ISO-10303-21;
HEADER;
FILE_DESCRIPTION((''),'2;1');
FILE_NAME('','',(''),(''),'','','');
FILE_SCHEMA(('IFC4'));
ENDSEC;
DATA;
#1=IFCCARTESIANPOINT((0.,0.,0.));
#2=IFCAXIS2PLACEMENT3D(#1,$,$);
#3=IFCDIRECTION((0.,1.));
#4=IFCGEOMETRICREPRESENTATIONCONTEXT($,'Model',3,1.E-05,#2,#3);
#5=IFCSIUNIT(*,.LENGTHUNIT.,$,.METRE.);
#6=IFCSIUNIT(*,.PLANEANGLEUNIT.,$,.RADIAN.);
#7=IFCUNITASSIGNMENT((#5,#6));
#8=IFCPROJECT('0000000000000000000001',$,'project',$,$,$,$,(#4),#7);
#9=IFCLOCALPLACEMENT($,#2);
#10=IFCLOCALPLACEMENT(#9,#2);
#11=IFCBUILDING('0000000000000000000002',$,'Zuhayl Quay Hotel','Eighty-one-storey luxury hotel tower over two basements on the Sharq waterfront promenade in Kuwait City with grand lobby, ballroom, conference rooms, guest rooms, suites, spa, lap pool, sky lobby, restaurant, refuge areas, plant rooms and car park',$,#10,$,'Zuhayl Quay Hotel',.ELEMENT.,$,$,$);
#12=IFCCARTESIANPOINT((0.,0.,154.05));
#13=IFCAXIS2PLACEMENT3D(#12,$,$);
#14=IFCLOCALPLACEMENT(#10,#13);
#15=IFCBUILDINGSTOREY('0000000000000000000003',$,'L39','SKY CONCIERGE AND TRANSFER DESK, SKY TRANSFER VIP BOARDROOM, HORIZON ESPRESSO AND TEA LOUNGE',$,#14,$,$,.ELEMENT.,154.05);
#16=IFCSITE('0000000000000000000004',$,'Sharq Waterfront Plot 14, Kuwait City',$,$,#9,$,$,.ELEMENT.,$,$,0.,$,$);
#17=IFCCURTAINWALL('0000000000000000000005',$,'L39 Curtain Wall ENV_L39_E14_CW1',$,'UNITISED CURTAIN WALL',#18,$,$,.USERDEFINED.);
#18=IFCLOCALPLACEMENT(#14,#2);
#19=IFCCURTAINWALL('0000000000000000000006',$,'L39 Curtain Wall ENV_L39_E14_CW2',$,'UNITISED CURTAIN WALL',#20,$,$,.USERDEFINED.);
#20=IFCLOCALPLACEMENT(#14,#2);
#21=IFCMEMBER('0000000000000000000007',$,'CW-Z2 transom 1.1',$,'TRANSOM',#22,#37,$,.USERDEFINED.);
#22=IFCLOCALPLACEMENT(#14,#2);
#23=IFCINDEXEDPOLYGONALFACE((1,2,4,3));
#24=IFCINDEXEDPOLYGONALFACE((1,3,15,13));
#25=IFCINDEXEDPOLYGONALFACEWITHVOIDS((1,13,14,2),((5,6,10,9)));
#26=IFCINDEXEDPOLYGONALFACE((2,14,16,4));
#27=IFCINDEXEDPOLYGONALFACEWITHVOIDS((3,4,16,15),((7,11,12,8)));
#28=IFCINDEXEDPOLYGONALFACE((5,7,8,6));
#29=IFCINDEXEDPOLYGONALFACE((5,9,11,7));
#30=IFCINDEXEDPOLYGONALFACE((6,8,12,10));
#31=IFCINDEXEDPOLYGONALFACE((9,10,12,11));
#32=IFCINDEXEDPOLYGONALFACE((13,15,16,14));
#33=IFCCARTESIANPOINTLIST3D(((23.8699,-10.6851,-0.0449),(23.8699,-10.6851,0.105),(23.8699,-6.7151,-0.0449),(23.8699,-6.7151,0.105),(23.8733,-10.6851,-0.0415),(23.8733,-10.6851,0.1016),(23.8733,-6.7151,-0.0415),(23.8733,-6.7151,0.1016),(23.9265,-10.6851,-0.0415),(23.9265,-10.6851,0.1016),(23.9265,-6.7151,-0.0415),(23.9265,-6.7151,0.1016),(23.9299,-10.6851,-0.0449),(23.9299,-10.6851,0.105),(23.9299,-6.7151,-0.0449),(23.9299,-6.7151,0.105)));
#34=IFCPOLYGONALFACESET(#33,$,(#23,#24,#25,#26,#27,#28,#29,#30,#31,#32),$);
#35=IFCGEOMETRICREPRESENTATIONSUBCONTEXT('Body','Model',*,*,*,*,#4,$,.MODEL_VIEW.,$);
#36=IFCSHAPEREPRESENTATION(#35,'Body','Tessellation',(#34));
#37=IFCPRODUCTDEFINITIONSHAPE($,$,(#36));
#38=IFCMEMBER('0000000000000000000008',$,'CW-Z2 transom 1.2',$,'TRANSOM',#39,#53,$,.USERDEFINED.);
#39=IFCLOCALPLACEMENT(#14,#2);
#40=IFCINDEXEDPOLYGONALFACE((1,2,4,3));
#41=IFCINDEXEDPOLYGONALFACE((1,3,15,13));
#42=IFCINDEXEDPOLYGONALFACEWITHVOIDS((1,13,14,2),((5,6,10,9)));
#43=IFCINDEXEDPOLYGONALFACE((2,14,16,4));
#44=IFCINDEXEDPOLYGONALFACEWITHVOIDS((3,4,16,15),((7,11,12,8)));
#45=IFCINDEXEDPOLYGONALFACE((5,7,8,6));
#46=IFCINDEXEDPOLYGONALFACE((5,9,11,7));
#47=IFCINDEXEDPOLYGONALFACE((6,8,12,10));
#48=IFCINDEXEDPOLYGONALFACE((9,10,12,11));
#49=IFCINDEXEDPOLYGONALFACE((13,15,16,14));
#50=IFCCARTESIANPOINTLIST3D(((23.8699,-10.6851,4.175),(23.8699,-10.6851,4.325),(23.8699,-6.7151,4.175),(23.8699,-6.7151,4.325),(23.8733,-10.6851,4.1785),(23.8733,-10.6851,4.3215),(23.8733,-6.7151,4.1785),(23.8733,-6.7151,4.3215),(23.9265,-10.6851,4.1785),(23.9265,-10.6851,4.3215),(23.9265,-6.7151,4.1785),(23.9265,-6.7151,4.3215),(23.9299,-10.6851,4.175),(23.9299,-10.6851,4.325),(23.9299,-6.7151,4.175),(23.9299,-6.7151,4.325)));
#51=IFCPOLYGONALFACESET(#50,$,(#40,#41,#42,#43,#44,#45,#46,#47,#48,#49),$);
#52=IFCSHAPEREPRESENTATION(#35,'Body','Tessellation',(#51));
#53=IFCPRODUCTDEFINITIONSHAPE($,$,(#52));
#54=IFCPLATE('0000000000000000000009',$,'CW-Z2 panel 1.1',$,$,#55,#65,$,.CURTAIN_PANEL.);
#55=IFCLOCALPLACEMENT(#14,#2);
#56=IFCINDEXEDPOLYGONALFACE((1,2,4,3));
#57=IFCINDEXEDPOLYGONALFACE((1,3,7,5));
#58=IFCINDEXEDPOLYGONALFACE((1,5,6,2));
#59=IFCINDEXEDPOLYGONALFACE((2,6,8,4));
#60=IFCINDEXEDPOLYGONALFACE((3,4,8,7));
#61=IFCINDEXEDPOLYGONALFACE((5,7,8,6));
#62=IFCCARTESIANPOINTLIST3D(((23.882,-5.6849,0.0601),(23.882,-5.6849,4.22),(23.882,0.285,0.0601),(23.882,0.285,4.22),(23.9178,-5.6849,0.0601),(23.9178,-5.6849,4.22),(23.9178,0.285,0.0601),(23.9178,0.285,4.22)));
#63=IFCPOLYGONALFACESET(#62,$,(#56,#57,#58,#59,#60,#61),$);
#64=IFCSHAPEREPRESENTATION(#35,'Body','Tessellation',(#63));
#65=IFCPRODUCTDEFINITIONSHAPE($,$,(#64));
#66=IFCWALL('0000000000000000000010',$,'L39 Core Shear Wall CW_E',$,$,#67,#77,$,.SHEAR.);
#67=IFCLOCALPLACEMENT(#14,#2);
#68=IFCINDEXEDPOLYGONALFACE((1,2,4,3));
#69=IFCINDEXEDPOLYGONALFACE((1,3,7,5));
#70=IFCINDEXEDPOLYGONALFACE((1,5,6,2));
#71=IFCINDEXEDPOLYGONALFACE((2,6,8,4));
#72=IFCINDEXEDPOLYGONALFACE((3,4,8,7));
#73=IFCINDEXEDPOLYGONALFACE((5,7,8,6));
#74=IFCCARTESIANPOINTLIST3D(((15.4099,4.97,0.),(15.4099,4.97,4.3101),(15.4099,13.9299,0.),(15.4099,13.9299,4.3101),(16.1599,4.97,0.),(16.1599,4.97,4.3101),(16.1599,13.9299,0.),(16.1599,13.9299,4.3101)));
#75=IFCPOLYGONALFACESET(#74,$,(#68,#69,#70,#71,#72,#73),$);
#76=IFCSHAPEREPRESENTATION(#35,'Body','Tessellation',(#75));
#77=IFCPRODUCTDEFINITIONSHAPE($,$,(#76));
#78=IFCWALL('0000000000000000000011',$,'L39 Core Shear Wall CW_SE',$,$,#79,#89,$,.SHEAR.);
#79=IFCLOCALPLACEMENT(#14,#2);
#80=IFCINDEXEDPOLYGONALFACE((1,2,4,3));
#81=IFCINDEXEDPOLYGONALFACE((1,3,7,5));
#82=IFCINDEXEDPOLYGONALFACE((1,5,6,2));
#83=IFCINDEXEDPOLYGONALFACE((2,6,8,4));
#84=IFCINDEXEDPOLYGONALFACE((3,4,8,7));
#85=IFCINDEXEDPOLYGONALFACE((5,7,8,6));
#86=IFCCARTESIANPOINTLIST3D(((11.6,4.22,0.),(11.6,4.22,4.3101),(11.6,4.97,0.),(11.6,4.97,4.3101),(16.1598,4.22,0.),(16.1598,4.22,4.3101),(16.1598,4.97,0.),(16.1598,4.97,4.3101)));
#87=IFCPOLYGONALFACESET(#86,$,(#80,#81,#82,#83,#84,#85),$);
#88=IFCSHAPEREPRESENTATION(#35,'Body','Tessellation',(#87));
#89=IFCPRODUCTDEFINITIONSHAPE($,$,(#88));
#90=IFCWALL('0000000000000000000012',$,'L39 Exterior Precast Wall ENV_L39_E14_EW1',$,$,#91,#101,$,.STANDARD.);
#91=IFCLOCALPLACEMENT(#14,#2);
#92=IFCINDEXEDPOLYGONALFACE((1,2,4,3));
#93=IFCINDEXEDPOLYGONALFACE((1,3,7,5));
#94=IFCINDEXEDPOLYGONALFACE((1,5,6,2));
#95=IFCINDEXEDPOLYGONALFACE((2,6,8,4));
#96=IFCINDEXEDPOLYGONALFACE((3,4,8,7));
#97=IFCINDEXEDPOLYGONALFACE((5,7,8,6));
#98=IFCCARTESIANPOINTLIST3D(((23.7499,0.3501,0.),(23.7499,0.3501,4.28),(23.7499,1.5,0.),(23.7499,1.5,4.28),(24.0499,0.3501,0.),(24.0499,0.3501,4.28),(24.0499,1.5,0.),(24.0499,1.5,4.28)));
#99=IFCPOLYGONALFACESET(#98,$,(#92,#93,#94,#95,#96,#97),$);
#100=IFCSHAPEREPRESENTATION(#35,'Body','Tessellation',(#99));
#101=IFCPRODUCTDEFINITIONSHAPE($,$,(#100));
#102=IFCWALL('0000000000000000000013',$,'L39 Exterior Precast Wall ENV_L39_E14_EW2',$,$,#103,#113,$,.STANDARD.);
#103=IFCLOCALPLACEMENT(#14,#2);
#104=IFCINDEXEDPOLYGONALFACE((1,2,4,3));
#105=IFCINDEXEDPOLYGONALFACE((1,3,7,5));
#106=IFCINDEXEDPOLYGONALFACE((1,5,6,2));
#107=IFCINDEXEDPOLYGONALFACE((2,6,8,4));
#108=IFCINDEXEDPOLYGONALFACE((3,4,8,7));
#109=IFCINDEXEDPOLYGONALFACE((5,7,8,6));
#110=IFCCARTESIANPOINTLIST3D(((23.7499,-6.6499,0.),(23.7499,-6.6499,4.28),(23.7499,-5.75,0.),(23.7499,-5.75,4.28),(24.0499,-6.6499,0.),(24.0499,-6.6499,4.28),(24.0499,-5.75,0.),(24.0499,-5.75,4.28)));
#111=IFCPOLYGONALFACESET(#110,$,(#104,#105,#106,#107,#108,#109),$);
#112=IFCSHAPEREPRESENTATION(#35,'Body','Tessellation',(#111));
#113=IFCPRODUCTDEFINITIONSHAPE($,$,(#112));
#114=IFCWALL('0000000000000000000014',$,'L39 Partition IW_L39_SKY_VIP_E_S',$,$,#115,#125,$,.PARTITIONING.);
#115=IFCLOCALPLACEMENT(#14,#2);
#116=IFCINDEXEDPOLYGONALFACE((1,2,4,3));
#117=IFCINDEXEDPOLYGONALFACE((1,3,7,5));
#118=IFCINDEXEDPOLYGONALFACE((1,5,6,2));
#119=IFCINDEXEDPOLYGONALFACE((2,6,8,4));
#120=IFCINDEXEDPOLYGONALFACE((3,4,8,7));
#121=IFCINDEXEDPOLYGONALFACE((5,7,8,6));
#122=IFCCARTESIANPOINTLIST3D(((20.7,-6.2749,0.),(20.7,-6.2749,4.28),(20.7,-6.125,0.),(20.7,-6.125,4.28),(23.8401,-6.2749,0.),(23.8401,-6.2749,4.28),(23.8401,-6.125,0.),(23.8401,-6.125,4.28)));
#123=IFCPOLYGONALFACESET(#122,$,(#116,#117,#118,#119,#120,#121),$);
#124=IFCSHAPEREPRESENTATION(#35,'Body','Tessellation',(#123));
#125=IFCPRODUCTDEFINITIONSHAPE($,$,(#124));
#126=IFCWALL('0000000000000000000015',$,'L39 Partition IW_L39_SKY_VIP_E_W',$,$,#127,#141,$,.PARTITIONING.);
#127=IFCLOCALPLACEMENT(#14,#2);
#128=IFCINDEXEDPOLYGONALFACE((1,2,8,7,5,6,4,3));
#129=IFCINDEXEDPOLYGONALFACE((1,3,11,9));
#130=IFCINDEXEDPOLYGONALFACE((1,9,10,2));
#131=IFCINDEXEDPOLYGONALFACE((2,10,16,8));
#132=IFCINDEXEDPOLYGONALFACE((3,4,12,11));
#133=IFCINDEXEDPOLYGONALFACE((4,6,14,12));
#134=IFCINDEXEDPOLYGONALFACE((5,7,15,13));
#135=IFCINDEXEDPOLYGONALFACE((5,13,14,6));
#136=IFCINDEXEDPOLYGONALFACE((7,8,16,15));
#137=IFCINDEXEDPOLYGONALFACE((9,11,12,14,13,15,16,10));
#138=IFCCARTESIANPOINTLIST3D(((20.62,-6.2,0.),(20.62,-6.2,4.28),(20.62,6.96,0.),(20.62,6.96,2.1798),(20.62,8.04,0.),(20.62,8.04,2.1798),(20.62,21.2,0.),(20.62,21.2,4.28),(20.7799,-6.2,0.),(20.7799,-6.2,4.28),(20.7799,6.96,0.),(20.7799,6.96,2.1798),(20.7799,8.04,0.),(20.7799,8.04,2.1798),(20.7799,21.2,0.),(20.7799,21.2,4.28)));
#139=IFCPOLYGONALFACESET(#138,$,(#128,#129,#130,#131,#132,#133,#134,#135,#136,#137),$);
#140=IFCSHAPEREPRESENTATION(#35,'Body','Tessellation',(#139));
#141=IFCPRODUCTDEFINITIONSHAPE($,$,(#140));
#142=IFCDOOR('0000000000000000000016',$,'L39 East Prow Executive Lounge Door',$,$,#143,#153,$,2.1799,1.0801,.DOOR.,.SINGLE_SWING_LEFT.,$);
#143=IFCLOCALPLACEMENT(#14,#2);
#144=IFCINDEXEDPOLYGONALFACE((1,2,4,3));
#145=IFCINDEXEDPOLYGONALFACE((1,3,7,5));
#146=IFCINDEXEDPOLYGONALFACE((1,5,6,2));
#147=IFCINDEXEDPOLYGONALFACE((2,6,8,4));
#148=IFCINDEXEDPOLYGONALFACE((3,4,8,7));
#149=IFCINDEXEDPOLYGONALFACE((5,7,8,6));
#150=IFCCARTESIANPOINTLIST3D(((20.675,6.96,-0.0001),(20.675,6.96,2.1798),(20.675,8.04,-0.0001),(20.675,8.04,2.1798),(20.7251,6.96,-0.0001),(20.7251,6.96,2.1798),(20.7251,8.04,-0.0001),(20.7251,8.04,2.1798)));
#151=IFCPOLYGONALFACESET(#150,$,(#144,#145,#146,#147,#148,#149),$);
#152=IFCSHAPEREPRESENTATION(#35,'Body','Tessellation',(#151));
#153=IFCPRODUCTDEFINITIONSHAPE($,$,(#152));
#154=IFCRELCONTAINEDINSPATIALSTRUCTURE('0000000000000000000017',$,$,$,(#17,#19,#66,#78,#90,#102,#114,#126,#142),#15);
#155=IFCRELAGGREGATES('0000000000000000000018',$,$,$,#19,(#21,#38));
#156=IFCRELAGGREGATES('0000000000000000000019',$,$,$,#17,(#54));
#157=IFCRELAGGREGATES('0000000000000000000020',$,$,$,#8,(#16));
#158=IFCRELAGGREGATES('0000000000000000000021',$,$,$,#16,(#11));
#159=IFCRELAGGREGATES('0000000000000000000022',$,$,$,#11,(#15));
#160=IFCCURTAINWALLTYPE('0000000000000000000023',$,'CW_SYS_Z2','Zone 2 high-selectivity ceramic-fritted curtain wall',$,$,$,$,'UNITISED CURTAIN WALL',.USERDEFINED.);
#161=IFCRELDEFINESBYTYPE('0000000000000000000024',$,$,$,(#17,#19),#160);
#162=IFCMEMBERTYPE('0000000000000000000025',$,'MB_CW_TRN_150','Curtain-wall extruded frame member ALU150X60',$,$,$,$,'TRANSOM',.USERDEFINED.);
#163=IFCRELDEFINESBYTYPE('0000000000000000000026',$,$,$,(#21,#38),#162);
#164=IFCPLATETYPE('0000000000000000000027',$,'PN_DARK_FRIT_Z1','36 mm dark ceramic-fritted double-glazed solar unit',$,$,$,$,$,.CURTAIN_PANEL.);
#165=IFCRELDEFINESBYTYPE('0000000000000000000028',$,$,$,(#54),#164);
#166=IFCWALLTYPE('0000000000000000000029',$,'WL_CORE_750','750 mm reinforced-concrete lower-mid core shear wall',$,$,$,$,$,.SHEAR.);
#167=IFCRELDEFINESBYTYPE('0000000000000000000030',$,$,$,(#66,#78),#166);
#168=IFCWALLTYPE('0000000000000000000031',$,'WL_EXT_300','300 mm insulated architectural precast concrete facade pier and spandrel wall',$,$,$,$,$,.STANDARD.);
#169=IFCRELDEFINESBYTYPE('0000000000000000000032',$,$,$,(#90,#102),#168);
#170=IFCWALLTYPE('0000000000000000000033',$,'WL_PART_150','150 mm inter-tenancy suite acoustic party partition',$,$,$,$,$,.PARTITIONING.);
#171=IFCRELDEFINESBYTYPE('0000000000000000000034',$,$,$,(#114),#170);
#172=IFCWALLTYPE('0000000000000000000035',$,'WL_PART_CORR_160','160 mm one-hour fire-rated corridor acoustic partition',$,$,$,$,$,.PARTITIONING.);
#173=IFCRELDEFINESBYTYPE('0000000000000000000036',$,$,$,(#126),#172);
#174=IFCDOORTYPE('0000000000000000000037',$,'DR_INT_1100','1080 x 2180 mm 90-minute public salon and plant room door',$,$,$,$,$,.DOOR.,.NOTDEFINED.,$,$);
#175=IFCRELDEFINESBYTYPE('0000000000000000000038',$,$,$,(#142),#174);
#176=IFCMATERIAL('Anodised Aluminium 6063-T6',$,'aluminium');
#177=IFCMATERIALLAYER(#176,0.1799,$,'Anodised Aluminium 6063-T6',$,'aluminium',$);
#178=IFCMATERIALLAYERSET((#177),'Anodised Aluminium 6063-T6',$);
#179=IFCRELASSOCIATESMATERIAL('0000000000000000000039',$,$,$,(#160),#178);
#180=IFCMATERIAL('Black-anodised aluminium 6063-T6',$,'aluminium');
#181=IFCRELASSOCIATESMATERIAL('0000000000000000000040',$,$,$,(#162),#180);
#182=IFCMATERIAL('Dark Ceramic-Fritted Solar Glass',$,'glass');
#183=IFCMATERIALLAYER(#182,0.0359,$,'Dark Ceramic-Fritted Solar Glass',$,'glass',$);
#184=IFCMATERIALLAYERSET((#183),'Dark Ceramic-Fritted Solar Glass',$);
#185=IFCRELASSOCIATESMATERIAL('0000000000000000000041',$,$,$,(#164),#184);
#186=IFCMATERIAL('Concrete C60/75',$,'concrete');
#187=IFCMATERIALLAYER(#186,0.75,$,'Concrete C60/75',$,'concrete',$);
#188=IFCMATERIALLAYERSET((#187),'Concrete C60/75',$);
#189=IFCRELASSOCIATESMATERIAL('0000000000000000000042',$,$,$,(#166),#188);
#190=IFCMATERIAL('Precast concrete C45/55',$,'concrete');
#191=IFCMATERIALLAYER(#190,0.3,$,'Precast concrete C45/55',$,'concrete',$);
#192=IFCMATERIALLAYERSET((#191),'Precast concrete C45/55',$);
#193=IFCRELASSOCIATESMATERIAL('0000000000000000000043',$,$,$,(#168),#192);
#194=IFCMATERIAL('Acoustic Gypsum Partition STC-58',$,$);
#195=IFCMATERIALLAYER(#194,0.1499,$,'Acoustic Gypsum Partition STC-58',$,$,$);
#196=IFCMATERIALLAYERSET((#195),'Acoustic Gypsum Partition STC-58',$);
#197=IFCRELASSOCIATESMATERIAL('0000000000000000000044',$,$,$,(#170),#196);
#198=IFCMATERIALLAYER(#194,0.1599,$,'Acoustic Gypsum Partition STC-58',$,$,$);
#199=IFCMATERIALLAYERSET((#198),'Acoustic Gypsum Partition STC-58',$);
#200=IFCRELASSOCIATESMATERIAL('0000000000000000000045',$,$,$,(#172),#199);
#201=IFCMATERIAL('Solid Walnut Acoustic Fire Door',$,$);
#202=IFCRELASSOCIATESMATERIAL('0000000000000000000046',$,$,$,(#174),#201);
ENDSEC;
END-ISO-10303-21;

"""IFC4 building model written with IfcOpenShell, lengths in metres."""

from ifc_helpers import new_model, si_unit, direction, frame, frame_2d, origin, origin_2d, place, context, subcontext, project, spatial, rectangle, hollow_rectangle, extrude, material, layer, layer_set, material_profile, profile_set, type_object, element, fill, aggregate, save


model = new_model("IFC4")

# Units and contexts
model_context = context("Model", 3, precision=1e-05, world=origin(), true_north=direction((0.0, 1.0)))
body_context = subcontext(model_context, "Body", "Model", "MODEL_VIEW")
ifc_project = project(units=[si_unit("LENGTHUNIT", "METRE"), si_unit("PLANEANGLEUNIT", "RADIAN")], contexts=[model_context])

# Site, building, storey
site_placement = place(None, origin())
site = spatial("IfcSite", under=ifc_project, at=site_placement, Name="Sharq Waterfront Plot 14, Kuwait City", CompositionType="ELEMENT", RefElevation=0.0)
building_placement = place(site_placement, origin())
building = spatial("IfcBuilding", under=site, at=building_placement, Name="Zuhayl Quay Hotel", Description="Eighty-one-storey luxury hotel tower over two basements on the Sharq waterfront promenade in Kuwait City with grand lobby, ballroom, conference rooms, guest rooms, suites, spa, lap pool, sky lobby, restaurant, refuge areas, plant rooms and car park", LongName="Zuhayl Quay Hotel", CompositionType="ELEMENT")
storey_placement = place(building_placement, frame((0.0, 0.0, 154.05)))
storey = spatial("IfcBuildingStorey", under=building, at=storey_placement, Name="L39", Description="SKY CONCIERGE AND TRANSFER DESK, SKY TRANSFER VIP BOARDROOM, HORIZON ESPRESSO AND TEA LOUNGE", CompositionType="ELEMENT", Elevation=154.05)

# Shared definitions
ifc_material_1 = material(Name="Concrete C60/75", Category="concrete")

# Curtain wall
ifc_material_2 = material(Name="Anodised Aluminium 6063-T6", Category="aluminium")
ifc_layer_1 = layer(ifc_material_2, 0.1799, Name="Anodised Aluminium 6063-T6", Category="aluminium")
ifc_layer_set_1 = layer_set([ifc_layer_1], Name="Anodised Aluminium 6063-T6")
curtain_wall_type = type_object("IfcCurtainWallType", Name="CW_SYS_Z2", Description="Zone 2 high-selectivity ceramic-fritted curtain wall", ElementType="UNITISED CURTAIN WALL", PredefinedType="USERDEFINED", material=ifc_layer_set_1)
curtain_wall_1_placement = place(storey_placement, origin())
curtain_wall_1 = element("IfcCurtainWall", 1, at=curtain_wall_1_placement, inside=storey, type_object=curtain_wall_type, Name="L39 Curtain Wall ENV_L39_E14_CW1", ObjectType="UNITISED CURTAIN WALL", PredefinedType="USERDEFINED")
ifc_material_3 = material(Name="Black-anodised aluminium 6063-T6", Category="aluminium")

# Curtain wall
curtain_wall_2_placement = place(storey_placement, origin())
curtain_wall_2 = element("IfcCurtainWall", 2, at=curtain_wall_2_placement, inside=storey, type_object=curtain_wall_type, Name="L39 Curtain Wall ENV_L39_E14_CW2", ObjectType="UNITISED CURTAIN WALL", PredefinedType="USERDEFINED")

# Members
ifc_material_profile_1 = material_profile(ifc_material_3, hollow_rectangle(XDim=0.0601, YDim=0.1499, WallThickness=0.0034, at=origin_2d()), Name="ALU150X60")
ifc_profile_set_1 = profile_set([ifc_material_profile_1], Name="Black-anodised aluminium 6063-T6")
member_type_1 = type_object("IfcMemberType", Name="MB_CW_TRN_150", Description="Curtain-wall extruded frame member ALU150X60", ElementType="TRANSOM", PredefinedType="USERDEFINED", material=ifc_profile_set_1)
member_1_placement = place(storey_placement, frame((23.8999, -6.7151, 0.03), z_axis=(0.0, -1.0, 0.0), x_axis=(1.0, 0.0, 0.0)))
member_1 = element("IfcMember", 3, at=member_1_placement, type_object=member_type_1, Name="CW-Z2 transom 1.1", ObjectType="TRANSOM", PredefinedType="USERDEFINED", context=body_context, shape_type="SweptSolid", body=[
    extrude(hollow_rectangle(XDim=0.0601, YDim=0.1499, WallThickness=0.0034, at=origin_2d()), origin(), (0.0, 0.0, 1.0), 3.97),
])
member_2_placement = place(storey_placement, frame((23.8999, -6.7151, 4.25), z_axis=(0.0, -1.0, 0.0), x_axis=(1.0, 0.0, 0.0)))
member_2 = element("IfcMember", 4, at=member_2_placement, type_object=member_type_1, Name="CW-Z2 transom 1.2", ObjectType="TRANSOM", PredefinedType="USERDEFINED", context=body_context, shape_type="SweptSolid", body=[
    extrude(hollow_rectangle(XDim=0.0601, YDim=0.1499, WallThickness=0.0034, at=origin_2d()), origin(), (0.0, 0.0, 1.0), 3.97),
])
aggregate(curtain_wall_2, [member_1, member_2])

# Plate
ifc_material_4 = material(Name="Dark Ceramic-Fritted Solar Glass", Category="glass")
ifc_layer_2 = layer(ifc_material_4, 0.0359, Name="Dark Ceramic-Fritted Solar Glass", Category="glass")
ifc_layer_set_2 = layer_set([ifc_layer_2], Name="Dark Ceramic-Fritted Solar Glass")
plate_type = type_object("IfcPlateType", Name="PN_DARK_FRIT_Z1", Description="36 mm dark ceramic-fritted double-glazed solar unit", PredefinedType="CURTAIN_PANEL", material=ifc_layer_set_2)
plate_placement = place(storey_placement, frame((23.8999, -2.7, 0.0601), z_axis=(0.0, 0.0, 1.0), x_axis=(0.0, -1.0, 0.0)))
plate = element("IfcPlate", 5, at=plate_placement, type_object=plate_type, Name="CW-Z2 panel 1.1", PredefinedType="CURTAIN_PANEL", context=body_context, shape_type="SweptSolid", body=[
    extrude(rectangle(XDim=5.97, YDim=0.0359, at=origin_2d()), origin(), (0.0, 0.0, 1.0), 4.1599),
])
aggregate(curtain_wall_1, [plate])

# Walls
ifc_layer_3 = layer(ifc_material_1, 0.75, Name="Concrete C60/75", Category="concrete")
ifc_layer_set_3 = layer_set([ifc_layer_3], Name="Concrete C60/75")
wall_type_1 = type_object("IfcWallType", Name="WL_CORE_750", Description="750 mm reinforced-concrete lower-mid core shear wall", PredefinedType="SHEAR", material=ifc_layer_set_3)
wall_1_placement = place(storey_placement, frame((15.7849, 4.97, 0.0), z_axis=(0.0, 0.0, 1.0), x_axis=(0.0, 1.0, 0.0)))
element("IfcWall", 6, at=wall_1_placement, inside=storey, type_object=wall_type_1, Name="L39 Core Shear Wall CW_E", PredefinedType="SHEAR", context=body_context, shape_type="SweptSolid", body=[
    extrude(rectangle(XDim=8.96, YDim=0.75, at=frame_2d((4.48, 0.0))), origin(), (0.0, 0.0, 1.0), 4.3101),
])
wall_2_placement = place(storey_placement, frame((11.6001, 4.595, 0.0), z_axis=(0.0, 0.0, 1.0), x_axis=(1.0, 0.0, 0.0)))
element("IfcWall", 7, at=wall_2_placement, inside=storey, type_object=wall_type_1, Name="L39 Core Shear Wall CW_SE", PredefinedType="SHEAR", context=body_context, shape_type="SweptSolid", body=[
    extrude(rectangle(XDim=4.5598, YDim=0.75, at=frame_2d((2.2798, 0.0))), origin(), (0.0, 0.0, 1.0), 4.3101),
])
ifc_material_5 = material(Name="Precast concrete C45/55", Category="concrete")
ifc_layer_4 = layer(ifc_material_5, 0.3, Name="Precast concrete C45/55", Category="concrete")
ifc_layer_set_4 = layer_set([ifc_layer_4], Name="Precast concrete C45/55")
wall_type_2 = type_object("IfcWallType", Name="WL_EXT_300", Description="300 mm insulated architectural precast concrete facade pier and spandrel wall", PredefinedType="STANDARD", material=ifc_layer_set_4)
wall_3_placement = place(storey_placement, frame((23.8999, 1.5, 0.0), z_axis=(0.0, 0.0, 1.0), x_axis=(0.0, -1.0, 0.0)))
element("IfcWall", 8, at=wall_3_placement, inside=storey, type_object=wall_type_2, Name="L39 Exterior Precast Wall ENV_L39_E14_EW1", PredefinedType="STANDARD", context=body_context, shape_type="SweptSolid", body=[
    extrude(rectangle(XDim=1.1499, YDim=0.3, at=frame_2d((0.575, 0.0))), origin(), (0.0, 0.0, 1.0), 4.28),
])
wall_4_placement = place(storey_placement, frame((23.8999, -5.75, 0.0), z_axis=(0.0, 0.0, 1.0), x_axis=(0.0, -1.0, 0.0)))
element("IfcWall", 9, at=wall_4_placement, inside=storey, type_object=wall_type_2, Name="L39 Exterior Precast Wall ENV_L39_E14_EW2", PredefinedType="STANDARD", context=body_context, shape_type="SweptSolid", body=[
    extrude(rectangle(XDim=0.8999, YDim=0.3, at=frame_2d((0.45, 0.0))), origin(), (0.0, 0.0, 1.0), 4.28),
])
ifc_material_6 = material(Name="Acoustic Gypsum Partition STC-58")
ifc_layer_5 = layer(ifc_material_6, 0.1499, Name="Acoustic Gypsum Partition STC-58")
ifc_layer_set_5 = layer_set([ifc_layer_5], Name="Acoustic Gypsum Partition STC-58")
wall_type_3 = type_object("IfcWallType", Name="WL_PART_150", Description="150 mm inter-tenancy suite acoustic party partition", PredefinedType="PARTITIONING", material=ifc_layer_set_5)
wall_5_placement = place(storey_placement, frame((20.7, -6.2, 0.0), z_axis=(0.0, 0.0, 1.0), x_axis=(1.0, 0.0, 0.0)))
element("IfcWall", 10, at=wall_5_placement, inside=storey, type_object=wall_type_3, Name="L39 Partition IW_L39_SKY_VIP_E_S", PredefinedType="PARTITIONING", context=body_context, shape_type="SweptSolid", body=[
    extrude(rectangle(XDim=3.1401, YDim=0.1499, at=frame_2d((1.5701, 0.0))), origin(), (0.0, 0.0, 1.0), 4.28),
])

# Wall, opening, door
ifc_layer_6 = layer(ifc_material_6, 0.1599, Name="Acoustic Gypsum Partition STC-58")
ifc_layer_set_6 = layer_set([ifc_layer_6], Name="Acoustic Gypsum Partition STC-58")
wall_type_4 = type_object("IfcWallType", Name="WL_PART_CORR_160", Description="160 mm one-hour fire-rated corridor acoustic partition", PredefinedType="PARTITIONING", material=ifc_layer_set_6)
wall_6_placement = place(storey_placement, frame((20.7, -6.2, 0.0), z_axis=(0.0, 0.0, 1.0), x_axis=(0.0, 1.0, 0.0)))
wall_6 = element("IfcWall", 11, at=wall_6_placement, inside=storey, type_object=wall_type_4, Name="L39 Partition IW_L39_SKY_VIP_E_W", PredefinedType="PARTITIONING", context=body_context, shape_type="SweptSolid", body=[
    extrude(rectangle(XDim=27.3999, YDim=0.1599, at=frame_2d((13.7, 0.0))), origin(), (0.0, 0.0, 1.0), 4.28),
])
opening_1_placement = place(wall_6_placement, frame((13.1599, 0.0, 0.0)))
opening_1 = element("IfcOpeningElement", 12, at=opening_1_placement, cuts=wall_6, PredefinedType="OPENING", context=body_context, shape_type="SweptSolid", body=[
    extrude(rectangle(XDim=1.0801, YDim=2.1799, at=frame_2d((0.54, 1.0898))), frame((0.0, 0.0898, 0.0), z_axis=(0.0, -1.0, 0.0), x_axis=(1.0, 0.0, 0.0)), (0.0, 0.0, 1.0), 0.1799),
])
ifc_material_7 = material(Name="Solid Walnut Acoustic Fire Door")
door_type = type_object("IfcDoorType", Name="DR_INT_1100", Description="1080 x 2180 mm 90-minute public salon and plant room door", OperationType="NOTDEFINED", PredefinedType="DOOR", material=ifc_material_7)
door_1_placement = place(opening_1_placement, origin())
door_1 = element("IfcDoor", 13, at=door_1_placement, inside=storey, type_object=door_type, Name="L39 East Prow Executive Lounge Door", OperationType="SINGLE_SWING_LEFT", OverallHeight=2.1799, OverallWidth=1.0801, PredefinedType="DOOR", context=body_context, shape_type="SweptSolid", body=[
    extrude(rectangle(XDim=1.0801, YDim=2.1799, at=frame_2d((0.54, 1.0898))), frame((0.0, 0.0249, 0.0), z_axis=(0.0, -1.0, 0.0), x_axis=(1.0, 0.0, 0.0)), (0.0, 0.0, 1.0), 0.05),
])
fill(opening_1, door_1)

save(model, "model.ifc")
